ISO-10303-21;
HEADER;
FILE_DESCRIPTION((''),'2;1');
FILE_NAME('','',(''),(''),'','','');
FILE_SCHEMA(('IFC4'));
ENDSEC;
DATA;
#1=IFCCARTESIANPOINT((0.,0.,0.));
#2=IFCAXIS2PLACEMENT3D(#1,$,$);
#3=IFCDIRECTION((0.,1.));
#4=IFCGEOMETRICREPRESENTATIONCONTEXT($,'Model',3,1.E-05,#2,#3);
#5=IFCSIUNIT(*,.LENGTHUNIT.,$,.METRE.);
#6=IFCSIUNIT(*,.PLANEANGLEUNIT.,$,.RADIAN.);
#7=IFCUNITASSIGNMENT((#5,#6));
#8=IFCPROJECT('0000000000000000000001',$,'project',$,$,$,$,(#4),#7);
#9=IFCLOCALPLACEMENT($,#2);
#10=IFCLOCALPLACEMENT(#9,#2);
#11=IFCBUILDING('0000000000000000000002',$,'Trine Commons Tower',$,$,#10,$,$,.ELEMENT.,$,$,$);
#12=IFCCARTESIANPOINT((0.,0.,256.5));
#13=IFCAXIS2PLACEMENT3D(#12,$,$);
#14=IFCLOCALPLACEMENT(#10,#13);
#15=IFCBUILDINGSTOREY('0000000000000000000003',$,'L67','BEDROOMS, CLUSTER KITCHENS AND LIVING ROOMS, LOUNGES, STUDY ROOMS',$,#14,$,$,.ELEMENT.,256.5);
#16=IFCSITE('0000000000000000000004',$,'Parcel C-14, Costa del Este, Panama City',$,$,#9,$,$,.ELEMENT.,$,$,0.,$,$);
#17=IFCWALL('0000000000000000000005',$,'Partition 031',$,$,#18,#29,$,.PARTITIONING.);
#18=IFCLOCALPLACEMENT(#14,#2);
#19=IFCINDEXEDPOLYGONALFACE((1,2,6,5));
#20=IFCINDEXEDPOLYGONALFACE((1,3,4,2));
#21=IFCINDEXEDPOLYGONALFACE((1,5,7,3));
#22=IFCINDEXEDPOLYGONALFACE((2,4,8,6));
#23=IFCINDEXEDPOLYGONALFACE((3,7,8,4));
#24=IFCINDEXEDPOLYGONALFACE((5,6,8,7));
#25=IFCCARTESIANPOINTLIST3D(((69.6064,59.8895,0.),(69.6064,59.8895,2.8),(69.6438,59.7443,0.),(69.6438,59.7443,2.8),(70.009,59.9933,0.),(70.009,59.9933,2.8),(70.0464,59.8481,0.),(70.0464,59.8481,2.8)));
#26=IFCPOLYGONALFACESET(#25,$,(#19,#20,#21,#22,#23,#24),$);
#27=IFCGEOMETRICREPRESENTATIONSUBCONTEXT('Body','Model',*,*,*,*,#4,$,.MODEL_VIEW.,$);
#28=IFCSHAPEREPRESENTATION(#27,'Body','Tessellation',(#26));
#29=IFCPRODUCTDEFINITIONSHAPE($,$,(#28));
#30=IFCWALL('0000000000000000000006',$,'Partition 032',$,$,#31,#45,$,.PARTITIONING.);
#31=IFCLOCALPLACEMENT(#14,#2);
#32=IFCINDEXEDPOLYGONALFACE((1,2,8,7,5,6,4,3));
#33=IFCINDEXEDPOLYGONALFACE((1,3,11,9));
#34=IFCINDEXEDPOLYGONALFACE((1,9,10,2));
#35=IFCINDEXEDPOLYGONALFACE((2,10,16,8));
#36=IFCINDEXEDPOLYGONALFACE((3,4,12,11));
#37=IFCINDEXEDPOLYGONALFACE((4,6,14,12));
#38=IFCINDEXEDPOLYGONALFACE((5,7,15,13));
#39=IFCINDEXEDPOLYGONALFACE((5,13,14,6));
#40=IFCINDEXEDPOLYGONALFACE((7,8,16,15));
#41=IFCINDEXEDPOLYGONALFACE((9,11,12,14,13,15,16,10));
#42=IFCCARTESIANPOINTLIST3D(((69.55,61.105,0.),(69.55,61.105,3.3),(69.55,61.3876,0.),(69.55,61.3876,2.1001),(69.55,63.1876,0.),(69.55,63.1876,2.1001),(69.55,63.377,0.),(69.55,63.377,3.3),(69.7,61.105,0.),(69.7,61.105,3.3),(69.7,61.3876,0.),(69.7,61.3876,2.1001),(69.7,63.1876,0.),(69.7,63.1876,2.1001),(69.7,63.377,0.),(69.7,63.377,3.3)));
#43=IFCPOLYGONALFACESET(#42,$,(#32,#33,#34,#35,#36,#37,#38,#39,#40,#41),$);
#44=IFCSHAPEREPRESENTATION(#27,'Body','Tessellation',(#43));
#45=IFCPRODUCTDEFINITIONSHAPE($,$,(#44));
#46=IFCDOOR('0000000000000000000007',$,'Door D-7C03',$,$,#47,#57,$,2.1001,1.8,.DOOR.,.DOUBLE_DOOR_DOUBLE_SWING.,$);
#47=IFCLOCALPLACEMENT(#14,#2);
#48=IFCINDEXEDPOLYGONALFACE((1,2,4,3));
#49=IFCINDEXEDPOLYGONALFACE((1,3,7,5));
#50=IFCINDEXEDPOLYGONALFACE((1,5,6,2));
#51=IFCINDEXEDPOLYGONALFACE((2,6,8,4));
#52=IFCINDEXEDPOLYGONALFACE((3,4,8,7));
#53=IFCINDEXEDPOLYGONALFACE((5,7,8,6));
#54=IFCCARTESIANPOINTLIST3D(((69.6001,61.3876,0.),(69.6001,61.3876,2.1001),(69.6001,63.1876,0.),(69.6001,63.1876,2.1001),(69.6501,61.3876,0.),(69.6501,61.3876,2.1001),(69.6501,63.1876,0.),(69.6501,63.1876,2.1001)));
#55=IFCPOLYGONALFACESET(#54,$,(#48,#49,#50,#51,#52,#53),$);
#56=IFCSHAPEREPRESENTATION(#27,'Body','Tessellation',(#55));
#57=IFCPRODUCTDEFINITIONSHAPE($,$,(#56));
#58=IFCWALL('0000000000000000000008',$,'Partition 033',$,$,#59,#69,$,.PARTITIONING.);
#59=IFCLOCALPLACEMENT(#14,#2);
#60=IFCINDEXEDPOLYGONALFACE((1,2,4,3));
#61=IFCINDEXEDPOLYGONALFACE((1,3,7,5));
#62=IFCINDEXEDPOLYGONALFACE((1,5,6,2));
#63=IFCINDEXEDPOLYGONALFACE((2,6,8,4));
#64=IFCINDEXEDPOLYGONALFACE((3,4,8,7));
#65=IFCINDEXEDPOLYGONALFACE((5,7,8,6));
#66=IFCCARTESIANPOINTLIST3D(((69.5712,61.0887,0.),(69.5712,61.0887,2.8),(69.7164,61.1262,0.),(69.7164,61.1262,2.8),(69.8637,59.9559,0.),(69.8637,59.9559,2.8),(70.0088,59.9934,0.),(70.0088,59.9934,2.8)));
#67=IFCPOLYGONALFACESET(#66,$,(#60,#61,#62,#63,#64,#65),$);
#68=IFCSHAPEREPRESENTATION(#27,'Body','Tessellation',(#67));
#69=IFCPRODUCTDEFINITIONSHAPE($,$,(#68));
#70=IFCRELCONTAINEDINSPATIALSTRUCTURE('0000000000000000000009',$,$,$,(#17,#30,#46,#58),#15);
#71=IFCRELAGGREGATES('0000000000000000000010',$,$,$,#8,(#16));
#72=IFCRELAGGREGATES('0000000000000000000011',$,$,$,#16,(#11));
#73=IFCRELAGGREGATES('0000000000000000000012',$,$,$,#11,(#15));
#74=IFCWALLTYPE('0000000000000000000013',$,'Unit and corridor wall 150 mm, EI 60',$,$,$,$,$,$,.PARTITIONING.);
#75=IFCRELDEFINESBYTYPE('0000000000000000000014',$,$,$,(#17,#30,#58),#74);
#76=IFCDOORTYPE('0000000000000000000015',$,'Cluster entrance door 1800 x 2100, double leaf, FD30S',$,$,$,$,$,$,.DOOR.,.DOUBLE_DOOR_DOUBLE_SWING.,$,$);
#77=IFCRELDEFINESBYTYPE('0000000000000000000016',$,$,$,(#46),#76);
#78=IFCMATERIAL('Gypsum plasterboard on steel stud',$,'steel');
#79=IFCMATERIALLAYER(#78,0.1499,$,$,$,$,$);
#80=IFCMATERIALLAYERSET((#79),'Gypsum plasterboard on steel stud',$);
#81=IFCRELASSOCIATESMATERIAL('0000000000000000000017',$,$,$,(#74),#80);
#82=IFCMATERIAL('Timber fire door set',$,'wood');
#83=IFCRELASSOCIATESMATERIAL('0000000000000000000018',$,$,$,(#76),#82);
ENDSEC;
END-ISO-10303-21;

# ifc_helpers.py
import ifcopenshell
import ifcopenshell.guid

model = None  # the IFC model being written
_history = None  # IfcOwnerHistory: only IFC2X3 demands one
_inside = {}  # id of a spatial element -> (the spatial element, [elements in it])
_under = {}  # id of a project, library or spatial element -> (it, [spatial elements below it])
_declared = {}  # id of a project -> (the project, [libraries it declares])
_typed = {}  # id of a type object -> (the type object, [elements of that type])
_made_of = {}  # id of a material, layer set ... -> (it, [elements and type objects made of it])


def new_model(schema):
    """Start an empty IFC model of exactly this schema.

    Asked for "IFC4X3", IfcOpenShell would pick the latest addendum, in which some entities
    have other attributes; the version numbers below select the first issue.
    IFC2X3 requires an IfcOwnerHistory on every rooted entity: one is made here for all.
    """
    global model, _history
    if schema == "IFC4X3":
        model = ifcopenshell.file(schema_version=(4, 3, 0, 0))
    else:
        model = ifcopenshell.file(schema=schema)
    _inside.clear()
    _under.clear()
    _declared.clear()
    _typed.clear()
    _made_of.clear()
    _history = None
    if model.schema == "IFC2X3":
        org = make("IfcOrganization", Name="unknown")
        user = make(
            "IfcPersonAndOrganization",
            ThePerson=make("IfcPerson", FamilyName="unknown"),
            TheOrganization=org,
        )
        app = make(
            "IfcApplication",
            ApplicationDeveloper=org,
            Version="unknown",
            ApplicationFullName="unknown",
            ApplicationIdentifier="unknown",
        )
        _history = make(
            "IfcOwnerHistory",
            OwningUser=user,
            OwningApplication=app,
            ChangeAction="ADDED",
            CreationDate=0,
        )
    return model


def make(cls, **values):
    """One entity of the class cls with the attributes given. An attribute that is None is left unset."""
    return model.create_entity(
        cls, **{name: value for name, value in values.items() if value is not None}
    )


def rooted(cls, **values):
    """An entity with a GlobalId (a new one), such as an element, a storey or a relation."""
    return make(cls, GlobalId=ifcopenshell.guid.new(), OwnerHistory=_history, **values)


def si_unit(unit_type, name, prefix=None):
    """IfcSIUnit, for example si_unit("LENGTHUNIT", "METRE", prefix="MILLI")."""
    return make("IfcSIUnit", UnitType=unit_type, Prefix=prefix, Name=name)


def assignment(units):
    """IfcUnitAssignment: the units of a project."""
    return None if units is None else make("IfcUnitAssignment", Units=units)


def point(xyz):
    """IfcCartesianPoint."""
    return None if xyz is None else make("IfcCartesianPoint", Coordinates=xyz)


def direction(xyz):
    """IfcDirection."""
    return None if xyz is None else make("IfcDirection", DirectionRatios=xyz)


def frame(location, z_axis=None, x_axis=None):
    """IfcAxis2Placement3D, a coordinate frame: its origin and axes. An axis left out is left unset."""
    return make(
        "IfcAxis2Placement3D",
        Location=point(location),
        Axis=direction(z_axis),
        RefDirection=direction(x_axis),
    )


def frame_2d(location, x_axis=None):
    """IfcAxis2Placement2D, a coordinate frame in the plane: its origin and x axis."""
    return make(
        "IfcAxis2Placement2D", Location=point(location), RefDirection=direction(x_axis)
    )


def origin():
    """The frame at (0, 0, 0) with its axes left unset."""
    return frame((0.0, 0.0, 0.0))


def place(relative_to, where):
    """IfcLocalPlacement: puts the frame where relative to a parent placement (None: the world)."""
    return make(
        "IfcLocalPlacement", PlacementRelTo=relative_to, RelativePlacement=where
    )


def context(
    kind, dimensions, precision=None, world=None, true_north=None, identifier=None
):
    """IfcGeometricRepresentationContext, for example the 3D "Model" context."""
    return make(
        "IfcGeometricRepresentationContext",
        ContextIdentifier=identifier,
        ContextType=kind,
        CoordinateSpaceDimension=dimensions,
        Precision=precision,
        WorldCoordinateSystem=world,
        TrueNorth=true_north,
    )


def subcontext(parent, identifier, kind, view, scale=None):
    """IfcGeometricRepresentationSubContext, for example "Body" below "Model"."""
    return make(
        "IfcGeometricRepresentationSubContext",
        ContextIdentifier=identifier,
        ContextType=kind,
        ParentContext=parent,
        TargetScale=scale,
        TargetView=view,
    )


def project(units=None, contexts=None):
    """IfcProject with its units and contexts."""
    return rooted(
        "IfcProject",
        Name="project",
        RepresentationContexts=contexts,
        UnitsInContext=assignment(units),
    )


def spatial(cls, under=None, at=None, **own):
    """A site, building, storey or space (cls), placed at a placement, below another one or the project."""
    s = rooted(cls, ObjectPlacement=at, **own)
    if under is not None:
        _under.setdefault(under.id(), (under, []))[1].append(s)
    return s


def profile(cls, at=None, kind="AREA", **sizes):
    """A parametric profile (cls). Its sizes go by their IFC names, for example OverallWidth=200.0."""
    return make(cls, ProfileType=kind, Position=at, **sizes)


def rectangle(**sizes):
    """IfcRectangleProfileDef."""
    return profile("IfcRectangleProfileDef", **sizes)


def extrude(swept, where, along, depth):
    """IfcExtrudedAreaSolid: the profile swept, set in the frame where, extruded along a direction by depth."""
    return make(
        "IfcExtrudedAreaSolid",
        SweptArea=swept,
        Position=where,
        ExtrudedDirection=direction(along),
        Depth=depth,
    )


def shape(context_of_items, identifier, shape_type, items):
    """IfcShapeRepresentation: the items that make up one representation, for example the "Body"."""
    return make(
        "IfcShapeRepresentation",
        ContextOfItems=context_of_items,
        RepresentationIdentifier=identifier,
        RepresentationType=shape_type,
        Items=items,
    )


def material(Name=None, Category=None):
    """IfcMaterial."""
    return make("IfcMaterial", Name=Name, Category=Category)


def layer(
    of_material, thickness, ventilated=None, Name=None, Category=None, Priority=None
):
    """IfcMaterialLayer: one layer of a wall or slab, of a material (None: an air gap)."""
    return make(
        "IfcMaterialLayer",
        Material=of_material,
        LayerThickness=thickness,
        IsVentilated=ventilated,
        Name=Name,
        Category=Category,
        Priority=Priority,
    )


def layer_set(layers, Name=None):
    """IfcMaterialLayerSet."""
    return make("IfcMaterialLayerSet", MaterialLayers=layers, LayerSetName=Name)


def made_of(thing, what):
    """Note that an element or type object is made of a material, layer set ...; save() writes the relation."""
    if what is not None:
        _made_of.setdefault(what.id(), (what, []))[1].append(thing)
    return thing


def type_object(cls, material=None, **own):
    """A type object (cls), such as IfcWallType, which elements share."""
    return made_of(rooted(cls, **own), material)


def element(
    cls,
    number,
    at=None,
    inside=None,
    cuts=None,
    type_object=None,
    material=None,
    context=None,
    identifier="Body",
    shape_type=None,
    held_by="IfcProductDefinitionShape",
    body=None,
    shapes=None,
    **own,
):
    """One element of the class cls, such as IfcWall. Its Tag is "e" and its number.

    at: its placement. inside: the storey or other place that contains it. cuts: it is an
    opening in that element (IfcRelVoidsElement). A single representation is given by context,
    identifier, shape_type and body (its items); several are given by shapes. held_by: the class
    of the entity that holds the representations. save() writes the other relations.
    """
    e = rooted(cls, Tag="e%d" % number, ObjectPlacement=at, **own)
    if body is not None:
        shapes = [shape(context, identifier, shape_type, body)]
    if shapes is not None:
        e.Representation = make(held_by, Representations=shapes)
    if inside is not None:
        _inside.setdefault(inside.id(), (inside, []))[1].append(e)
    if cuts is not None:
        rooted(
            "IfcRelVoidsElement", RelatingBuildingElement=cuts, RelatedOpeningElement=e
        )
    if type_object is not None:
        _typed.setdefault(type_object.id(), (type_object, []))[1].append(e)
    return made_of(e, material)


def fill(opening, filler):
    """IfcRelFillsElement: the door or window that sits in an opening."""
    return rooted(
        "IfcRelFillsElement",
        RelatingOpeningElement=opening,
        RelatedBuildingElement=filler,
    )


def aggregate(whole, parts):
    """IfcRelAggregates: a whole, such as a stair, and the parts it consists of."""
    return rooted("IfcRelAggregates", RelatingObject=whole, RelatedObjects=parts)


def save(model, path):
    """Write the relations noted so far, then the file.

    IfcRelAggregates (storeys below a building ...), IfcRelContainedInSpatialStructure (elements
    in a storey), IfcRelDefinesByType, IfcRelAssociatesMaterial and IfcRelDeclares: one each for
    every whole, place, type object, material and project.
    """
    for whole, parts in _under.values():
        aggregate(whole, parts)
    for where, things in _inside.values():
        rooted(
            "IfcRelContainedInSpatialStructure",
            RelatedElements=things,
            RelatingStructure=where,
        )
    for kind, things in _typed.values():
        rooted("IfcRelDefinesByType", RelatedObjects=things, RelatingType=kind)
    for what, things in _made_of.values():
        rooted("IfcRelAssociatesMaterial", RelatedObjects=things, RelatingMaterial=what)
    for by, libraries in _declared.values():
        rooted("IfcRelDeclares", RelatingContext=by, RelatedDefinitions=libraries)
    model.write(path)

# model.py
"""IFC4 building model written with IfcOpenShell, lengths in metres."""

from ifc_helpers import new_model, si_unit, direction, frame, frame_2d, origin, place, context, subcontext, project, spatial, rectangle, extrude, material, layer, layer_set, type_object, element, fill, save


model = new_model("IFC4")

# Units and contexts
model_context = context("Model", 3, precision=1e-05, world=origin(), true_north=direction((0.0, 1.0)))
body_context = subcontext(model_context, "Body", "Model", "MODEL_VIEW")
ifc_project = project(units=[si_unit("LENGTHUNIT", "METRE"), si_unit("PLANEANGLEUNIT", "RADIAN")], contexts=[model_context])

# Site, building, storey
site_placement = place(None, origin())
site = spatial("IfcSite", under=ifc_project, at=site_placement, Name="Parcel C-14, Costa del Este, Panama City", CompositionType="ELEMENT", RefElevation=0.0)
building_placement = place(site_placement, origin())
building = spatial("IfcBuilding", under=site, at=building_placement, Name="Trine Commons Tower", CompositionType="ELEMENT")
storey_placement = place(building_placement, frame((0.0, 0.0, 256.5)))
storey = spatial("IfcBuildingStorey", under=building, at=storey_placement, Name="L67", Description="BEDROOMS, CLUSTER KITCHENS AND LIVING ROOMS, LOUNGES, STUDY ROOMS", CompositionType="ELEMENT", Elevation=256.5)

# Shared definitions
ifc_material_1 = material(Name="Gypsum plasterboard on steel stud", Category="steel")
ifc_layer_1 = layer(ifc_material_1, 0.1499)
ifc_layer_set_1 = layer_set([ifc_layer_1], Name="Gypsum plasterboard on steel stud")
wall_type_1 = type_object("IfcWallType", Name="Unit and corridor wall 150 mm, EI 60", PredefinedType="PARTITIONING", material=ifc_layer_set_1)

# Wall
wall_1_placement = place(storey_placement, frame((69.625, 59.8169, 0.0), z_axis=(0.0, 0.0, 1.0), x_axis=(0.968355, 0.249576, 0.0)))
element("IfcWall", 1, at=wall_1_placement, inside=storey, type_object=wall_type_1, Name="Partition 031", PredefinedType="PARTITIONING", context=body_context, shape_type="SweptSolid", body=[
    extrude(rectangle(XDim=0.4158, YDim=0.1499, at=frame_2d((0.208, 0.0))), origin(), (0.0, 0.0, 1.0), 2.8),
])

# Wall, opening, door
wall_2_placement = place(storey_placement, frame((69.625, 61.105, 0.0), z_axis=(0.0, 0.0, 1.0), x_axis=(0.0, 1.0, 0.0)))
wall_2 = element("IfcWall", 2, at=wall_2_placement, inside=storey, type_object=wall_type_1, Name="Partition 032", PredefinedType="PARTITIONING", context=body_context, shape_type="SweptSolid", body=[
    extrude(rectangle(XDim=2.272, YDim=0.1499, at=frame_2d((1.136, 0.0))), origin(), (0.0, 0.0, 1.0), 3.3),
])
opening_1_placement = place(wall_2_placement, frame((0.2827, 0.0, 0.0)))
opening_1 = element("IfcOpeningElement", 3, at=opening_1_placement, cuts=wall_2, PredefinedType="OPENING", context=body_context, shape_type="SweptSolid", body=[
    extrude(rectangle(XDim=1.8, YDim=2.1001, at=frame_2d((0.8999, 1.05))), frame((0.0, 0.085, 0.0), z_axis=(0.0, -1.0, 0.0), x_axis=(1.0, 0.0, 0.0)), (0.0, 0.0, 1.0), 0.1699),
])
ifc_material_2 = material(Name="Timber fire door set", Category="wood")
door_type_1 = type_object("IfcDoorType", Name="Cluster entrance door 1800 x 2100, double leaf, FD30S", OperationType="DOUBLE_DOOR_DOUBLE_SWING", PredefinedType="DOOR", material=ifc_material_2)
door_1_placement = place(opening_1_placement, origin())
door_1 = element("IfcDoor", 4, at=door_1_placement, inside=storey, type_object=door_type_1, Name="Door D-7C03", OperationType="DOUBLE_DOOR_DOUBLE_SWING", OverallHeight=2.1001, OverallWidth=1.8, PredefinedType="DOOR", context=body_context, shape_type="SweptSolid", body=[
    extrude(rectangle(XDim=1.8, YDim=2.1001, at=frame_2d((0.8999, 1.05))), frame((0.0, 0.0249, 0.0), z_axis=(0.0, -1.0, 0.0), x_axis=(1.0, 0.0, 0.0)), (0.0, 0.0, 1.0), 0.05),
])
fill(opening_1, door_1)

# Wall
wall_3_placement = place(storey_placement, frame((69.6438, 61.1074, 0.0), z_axis=(0.0, 0.0, 1.0), x_axis=(0.249992, -0.968248, 0.0)))
element("IfcWall", 5, at=wall_3_placement, inside=storey, type_object=wall_type_1, Name="Partition 033", PredefinedType="PARTITIONING", context=body_context, shape_type="SweptSolid", body=[
    extrude(rectangle(XDim=1.1699, YDim=0.1499, at=frame_2d((0.585, 0.0))), origin(), (0.0, 0.0, 1.0), 2.8),
])

save(model, "model.ifc")
